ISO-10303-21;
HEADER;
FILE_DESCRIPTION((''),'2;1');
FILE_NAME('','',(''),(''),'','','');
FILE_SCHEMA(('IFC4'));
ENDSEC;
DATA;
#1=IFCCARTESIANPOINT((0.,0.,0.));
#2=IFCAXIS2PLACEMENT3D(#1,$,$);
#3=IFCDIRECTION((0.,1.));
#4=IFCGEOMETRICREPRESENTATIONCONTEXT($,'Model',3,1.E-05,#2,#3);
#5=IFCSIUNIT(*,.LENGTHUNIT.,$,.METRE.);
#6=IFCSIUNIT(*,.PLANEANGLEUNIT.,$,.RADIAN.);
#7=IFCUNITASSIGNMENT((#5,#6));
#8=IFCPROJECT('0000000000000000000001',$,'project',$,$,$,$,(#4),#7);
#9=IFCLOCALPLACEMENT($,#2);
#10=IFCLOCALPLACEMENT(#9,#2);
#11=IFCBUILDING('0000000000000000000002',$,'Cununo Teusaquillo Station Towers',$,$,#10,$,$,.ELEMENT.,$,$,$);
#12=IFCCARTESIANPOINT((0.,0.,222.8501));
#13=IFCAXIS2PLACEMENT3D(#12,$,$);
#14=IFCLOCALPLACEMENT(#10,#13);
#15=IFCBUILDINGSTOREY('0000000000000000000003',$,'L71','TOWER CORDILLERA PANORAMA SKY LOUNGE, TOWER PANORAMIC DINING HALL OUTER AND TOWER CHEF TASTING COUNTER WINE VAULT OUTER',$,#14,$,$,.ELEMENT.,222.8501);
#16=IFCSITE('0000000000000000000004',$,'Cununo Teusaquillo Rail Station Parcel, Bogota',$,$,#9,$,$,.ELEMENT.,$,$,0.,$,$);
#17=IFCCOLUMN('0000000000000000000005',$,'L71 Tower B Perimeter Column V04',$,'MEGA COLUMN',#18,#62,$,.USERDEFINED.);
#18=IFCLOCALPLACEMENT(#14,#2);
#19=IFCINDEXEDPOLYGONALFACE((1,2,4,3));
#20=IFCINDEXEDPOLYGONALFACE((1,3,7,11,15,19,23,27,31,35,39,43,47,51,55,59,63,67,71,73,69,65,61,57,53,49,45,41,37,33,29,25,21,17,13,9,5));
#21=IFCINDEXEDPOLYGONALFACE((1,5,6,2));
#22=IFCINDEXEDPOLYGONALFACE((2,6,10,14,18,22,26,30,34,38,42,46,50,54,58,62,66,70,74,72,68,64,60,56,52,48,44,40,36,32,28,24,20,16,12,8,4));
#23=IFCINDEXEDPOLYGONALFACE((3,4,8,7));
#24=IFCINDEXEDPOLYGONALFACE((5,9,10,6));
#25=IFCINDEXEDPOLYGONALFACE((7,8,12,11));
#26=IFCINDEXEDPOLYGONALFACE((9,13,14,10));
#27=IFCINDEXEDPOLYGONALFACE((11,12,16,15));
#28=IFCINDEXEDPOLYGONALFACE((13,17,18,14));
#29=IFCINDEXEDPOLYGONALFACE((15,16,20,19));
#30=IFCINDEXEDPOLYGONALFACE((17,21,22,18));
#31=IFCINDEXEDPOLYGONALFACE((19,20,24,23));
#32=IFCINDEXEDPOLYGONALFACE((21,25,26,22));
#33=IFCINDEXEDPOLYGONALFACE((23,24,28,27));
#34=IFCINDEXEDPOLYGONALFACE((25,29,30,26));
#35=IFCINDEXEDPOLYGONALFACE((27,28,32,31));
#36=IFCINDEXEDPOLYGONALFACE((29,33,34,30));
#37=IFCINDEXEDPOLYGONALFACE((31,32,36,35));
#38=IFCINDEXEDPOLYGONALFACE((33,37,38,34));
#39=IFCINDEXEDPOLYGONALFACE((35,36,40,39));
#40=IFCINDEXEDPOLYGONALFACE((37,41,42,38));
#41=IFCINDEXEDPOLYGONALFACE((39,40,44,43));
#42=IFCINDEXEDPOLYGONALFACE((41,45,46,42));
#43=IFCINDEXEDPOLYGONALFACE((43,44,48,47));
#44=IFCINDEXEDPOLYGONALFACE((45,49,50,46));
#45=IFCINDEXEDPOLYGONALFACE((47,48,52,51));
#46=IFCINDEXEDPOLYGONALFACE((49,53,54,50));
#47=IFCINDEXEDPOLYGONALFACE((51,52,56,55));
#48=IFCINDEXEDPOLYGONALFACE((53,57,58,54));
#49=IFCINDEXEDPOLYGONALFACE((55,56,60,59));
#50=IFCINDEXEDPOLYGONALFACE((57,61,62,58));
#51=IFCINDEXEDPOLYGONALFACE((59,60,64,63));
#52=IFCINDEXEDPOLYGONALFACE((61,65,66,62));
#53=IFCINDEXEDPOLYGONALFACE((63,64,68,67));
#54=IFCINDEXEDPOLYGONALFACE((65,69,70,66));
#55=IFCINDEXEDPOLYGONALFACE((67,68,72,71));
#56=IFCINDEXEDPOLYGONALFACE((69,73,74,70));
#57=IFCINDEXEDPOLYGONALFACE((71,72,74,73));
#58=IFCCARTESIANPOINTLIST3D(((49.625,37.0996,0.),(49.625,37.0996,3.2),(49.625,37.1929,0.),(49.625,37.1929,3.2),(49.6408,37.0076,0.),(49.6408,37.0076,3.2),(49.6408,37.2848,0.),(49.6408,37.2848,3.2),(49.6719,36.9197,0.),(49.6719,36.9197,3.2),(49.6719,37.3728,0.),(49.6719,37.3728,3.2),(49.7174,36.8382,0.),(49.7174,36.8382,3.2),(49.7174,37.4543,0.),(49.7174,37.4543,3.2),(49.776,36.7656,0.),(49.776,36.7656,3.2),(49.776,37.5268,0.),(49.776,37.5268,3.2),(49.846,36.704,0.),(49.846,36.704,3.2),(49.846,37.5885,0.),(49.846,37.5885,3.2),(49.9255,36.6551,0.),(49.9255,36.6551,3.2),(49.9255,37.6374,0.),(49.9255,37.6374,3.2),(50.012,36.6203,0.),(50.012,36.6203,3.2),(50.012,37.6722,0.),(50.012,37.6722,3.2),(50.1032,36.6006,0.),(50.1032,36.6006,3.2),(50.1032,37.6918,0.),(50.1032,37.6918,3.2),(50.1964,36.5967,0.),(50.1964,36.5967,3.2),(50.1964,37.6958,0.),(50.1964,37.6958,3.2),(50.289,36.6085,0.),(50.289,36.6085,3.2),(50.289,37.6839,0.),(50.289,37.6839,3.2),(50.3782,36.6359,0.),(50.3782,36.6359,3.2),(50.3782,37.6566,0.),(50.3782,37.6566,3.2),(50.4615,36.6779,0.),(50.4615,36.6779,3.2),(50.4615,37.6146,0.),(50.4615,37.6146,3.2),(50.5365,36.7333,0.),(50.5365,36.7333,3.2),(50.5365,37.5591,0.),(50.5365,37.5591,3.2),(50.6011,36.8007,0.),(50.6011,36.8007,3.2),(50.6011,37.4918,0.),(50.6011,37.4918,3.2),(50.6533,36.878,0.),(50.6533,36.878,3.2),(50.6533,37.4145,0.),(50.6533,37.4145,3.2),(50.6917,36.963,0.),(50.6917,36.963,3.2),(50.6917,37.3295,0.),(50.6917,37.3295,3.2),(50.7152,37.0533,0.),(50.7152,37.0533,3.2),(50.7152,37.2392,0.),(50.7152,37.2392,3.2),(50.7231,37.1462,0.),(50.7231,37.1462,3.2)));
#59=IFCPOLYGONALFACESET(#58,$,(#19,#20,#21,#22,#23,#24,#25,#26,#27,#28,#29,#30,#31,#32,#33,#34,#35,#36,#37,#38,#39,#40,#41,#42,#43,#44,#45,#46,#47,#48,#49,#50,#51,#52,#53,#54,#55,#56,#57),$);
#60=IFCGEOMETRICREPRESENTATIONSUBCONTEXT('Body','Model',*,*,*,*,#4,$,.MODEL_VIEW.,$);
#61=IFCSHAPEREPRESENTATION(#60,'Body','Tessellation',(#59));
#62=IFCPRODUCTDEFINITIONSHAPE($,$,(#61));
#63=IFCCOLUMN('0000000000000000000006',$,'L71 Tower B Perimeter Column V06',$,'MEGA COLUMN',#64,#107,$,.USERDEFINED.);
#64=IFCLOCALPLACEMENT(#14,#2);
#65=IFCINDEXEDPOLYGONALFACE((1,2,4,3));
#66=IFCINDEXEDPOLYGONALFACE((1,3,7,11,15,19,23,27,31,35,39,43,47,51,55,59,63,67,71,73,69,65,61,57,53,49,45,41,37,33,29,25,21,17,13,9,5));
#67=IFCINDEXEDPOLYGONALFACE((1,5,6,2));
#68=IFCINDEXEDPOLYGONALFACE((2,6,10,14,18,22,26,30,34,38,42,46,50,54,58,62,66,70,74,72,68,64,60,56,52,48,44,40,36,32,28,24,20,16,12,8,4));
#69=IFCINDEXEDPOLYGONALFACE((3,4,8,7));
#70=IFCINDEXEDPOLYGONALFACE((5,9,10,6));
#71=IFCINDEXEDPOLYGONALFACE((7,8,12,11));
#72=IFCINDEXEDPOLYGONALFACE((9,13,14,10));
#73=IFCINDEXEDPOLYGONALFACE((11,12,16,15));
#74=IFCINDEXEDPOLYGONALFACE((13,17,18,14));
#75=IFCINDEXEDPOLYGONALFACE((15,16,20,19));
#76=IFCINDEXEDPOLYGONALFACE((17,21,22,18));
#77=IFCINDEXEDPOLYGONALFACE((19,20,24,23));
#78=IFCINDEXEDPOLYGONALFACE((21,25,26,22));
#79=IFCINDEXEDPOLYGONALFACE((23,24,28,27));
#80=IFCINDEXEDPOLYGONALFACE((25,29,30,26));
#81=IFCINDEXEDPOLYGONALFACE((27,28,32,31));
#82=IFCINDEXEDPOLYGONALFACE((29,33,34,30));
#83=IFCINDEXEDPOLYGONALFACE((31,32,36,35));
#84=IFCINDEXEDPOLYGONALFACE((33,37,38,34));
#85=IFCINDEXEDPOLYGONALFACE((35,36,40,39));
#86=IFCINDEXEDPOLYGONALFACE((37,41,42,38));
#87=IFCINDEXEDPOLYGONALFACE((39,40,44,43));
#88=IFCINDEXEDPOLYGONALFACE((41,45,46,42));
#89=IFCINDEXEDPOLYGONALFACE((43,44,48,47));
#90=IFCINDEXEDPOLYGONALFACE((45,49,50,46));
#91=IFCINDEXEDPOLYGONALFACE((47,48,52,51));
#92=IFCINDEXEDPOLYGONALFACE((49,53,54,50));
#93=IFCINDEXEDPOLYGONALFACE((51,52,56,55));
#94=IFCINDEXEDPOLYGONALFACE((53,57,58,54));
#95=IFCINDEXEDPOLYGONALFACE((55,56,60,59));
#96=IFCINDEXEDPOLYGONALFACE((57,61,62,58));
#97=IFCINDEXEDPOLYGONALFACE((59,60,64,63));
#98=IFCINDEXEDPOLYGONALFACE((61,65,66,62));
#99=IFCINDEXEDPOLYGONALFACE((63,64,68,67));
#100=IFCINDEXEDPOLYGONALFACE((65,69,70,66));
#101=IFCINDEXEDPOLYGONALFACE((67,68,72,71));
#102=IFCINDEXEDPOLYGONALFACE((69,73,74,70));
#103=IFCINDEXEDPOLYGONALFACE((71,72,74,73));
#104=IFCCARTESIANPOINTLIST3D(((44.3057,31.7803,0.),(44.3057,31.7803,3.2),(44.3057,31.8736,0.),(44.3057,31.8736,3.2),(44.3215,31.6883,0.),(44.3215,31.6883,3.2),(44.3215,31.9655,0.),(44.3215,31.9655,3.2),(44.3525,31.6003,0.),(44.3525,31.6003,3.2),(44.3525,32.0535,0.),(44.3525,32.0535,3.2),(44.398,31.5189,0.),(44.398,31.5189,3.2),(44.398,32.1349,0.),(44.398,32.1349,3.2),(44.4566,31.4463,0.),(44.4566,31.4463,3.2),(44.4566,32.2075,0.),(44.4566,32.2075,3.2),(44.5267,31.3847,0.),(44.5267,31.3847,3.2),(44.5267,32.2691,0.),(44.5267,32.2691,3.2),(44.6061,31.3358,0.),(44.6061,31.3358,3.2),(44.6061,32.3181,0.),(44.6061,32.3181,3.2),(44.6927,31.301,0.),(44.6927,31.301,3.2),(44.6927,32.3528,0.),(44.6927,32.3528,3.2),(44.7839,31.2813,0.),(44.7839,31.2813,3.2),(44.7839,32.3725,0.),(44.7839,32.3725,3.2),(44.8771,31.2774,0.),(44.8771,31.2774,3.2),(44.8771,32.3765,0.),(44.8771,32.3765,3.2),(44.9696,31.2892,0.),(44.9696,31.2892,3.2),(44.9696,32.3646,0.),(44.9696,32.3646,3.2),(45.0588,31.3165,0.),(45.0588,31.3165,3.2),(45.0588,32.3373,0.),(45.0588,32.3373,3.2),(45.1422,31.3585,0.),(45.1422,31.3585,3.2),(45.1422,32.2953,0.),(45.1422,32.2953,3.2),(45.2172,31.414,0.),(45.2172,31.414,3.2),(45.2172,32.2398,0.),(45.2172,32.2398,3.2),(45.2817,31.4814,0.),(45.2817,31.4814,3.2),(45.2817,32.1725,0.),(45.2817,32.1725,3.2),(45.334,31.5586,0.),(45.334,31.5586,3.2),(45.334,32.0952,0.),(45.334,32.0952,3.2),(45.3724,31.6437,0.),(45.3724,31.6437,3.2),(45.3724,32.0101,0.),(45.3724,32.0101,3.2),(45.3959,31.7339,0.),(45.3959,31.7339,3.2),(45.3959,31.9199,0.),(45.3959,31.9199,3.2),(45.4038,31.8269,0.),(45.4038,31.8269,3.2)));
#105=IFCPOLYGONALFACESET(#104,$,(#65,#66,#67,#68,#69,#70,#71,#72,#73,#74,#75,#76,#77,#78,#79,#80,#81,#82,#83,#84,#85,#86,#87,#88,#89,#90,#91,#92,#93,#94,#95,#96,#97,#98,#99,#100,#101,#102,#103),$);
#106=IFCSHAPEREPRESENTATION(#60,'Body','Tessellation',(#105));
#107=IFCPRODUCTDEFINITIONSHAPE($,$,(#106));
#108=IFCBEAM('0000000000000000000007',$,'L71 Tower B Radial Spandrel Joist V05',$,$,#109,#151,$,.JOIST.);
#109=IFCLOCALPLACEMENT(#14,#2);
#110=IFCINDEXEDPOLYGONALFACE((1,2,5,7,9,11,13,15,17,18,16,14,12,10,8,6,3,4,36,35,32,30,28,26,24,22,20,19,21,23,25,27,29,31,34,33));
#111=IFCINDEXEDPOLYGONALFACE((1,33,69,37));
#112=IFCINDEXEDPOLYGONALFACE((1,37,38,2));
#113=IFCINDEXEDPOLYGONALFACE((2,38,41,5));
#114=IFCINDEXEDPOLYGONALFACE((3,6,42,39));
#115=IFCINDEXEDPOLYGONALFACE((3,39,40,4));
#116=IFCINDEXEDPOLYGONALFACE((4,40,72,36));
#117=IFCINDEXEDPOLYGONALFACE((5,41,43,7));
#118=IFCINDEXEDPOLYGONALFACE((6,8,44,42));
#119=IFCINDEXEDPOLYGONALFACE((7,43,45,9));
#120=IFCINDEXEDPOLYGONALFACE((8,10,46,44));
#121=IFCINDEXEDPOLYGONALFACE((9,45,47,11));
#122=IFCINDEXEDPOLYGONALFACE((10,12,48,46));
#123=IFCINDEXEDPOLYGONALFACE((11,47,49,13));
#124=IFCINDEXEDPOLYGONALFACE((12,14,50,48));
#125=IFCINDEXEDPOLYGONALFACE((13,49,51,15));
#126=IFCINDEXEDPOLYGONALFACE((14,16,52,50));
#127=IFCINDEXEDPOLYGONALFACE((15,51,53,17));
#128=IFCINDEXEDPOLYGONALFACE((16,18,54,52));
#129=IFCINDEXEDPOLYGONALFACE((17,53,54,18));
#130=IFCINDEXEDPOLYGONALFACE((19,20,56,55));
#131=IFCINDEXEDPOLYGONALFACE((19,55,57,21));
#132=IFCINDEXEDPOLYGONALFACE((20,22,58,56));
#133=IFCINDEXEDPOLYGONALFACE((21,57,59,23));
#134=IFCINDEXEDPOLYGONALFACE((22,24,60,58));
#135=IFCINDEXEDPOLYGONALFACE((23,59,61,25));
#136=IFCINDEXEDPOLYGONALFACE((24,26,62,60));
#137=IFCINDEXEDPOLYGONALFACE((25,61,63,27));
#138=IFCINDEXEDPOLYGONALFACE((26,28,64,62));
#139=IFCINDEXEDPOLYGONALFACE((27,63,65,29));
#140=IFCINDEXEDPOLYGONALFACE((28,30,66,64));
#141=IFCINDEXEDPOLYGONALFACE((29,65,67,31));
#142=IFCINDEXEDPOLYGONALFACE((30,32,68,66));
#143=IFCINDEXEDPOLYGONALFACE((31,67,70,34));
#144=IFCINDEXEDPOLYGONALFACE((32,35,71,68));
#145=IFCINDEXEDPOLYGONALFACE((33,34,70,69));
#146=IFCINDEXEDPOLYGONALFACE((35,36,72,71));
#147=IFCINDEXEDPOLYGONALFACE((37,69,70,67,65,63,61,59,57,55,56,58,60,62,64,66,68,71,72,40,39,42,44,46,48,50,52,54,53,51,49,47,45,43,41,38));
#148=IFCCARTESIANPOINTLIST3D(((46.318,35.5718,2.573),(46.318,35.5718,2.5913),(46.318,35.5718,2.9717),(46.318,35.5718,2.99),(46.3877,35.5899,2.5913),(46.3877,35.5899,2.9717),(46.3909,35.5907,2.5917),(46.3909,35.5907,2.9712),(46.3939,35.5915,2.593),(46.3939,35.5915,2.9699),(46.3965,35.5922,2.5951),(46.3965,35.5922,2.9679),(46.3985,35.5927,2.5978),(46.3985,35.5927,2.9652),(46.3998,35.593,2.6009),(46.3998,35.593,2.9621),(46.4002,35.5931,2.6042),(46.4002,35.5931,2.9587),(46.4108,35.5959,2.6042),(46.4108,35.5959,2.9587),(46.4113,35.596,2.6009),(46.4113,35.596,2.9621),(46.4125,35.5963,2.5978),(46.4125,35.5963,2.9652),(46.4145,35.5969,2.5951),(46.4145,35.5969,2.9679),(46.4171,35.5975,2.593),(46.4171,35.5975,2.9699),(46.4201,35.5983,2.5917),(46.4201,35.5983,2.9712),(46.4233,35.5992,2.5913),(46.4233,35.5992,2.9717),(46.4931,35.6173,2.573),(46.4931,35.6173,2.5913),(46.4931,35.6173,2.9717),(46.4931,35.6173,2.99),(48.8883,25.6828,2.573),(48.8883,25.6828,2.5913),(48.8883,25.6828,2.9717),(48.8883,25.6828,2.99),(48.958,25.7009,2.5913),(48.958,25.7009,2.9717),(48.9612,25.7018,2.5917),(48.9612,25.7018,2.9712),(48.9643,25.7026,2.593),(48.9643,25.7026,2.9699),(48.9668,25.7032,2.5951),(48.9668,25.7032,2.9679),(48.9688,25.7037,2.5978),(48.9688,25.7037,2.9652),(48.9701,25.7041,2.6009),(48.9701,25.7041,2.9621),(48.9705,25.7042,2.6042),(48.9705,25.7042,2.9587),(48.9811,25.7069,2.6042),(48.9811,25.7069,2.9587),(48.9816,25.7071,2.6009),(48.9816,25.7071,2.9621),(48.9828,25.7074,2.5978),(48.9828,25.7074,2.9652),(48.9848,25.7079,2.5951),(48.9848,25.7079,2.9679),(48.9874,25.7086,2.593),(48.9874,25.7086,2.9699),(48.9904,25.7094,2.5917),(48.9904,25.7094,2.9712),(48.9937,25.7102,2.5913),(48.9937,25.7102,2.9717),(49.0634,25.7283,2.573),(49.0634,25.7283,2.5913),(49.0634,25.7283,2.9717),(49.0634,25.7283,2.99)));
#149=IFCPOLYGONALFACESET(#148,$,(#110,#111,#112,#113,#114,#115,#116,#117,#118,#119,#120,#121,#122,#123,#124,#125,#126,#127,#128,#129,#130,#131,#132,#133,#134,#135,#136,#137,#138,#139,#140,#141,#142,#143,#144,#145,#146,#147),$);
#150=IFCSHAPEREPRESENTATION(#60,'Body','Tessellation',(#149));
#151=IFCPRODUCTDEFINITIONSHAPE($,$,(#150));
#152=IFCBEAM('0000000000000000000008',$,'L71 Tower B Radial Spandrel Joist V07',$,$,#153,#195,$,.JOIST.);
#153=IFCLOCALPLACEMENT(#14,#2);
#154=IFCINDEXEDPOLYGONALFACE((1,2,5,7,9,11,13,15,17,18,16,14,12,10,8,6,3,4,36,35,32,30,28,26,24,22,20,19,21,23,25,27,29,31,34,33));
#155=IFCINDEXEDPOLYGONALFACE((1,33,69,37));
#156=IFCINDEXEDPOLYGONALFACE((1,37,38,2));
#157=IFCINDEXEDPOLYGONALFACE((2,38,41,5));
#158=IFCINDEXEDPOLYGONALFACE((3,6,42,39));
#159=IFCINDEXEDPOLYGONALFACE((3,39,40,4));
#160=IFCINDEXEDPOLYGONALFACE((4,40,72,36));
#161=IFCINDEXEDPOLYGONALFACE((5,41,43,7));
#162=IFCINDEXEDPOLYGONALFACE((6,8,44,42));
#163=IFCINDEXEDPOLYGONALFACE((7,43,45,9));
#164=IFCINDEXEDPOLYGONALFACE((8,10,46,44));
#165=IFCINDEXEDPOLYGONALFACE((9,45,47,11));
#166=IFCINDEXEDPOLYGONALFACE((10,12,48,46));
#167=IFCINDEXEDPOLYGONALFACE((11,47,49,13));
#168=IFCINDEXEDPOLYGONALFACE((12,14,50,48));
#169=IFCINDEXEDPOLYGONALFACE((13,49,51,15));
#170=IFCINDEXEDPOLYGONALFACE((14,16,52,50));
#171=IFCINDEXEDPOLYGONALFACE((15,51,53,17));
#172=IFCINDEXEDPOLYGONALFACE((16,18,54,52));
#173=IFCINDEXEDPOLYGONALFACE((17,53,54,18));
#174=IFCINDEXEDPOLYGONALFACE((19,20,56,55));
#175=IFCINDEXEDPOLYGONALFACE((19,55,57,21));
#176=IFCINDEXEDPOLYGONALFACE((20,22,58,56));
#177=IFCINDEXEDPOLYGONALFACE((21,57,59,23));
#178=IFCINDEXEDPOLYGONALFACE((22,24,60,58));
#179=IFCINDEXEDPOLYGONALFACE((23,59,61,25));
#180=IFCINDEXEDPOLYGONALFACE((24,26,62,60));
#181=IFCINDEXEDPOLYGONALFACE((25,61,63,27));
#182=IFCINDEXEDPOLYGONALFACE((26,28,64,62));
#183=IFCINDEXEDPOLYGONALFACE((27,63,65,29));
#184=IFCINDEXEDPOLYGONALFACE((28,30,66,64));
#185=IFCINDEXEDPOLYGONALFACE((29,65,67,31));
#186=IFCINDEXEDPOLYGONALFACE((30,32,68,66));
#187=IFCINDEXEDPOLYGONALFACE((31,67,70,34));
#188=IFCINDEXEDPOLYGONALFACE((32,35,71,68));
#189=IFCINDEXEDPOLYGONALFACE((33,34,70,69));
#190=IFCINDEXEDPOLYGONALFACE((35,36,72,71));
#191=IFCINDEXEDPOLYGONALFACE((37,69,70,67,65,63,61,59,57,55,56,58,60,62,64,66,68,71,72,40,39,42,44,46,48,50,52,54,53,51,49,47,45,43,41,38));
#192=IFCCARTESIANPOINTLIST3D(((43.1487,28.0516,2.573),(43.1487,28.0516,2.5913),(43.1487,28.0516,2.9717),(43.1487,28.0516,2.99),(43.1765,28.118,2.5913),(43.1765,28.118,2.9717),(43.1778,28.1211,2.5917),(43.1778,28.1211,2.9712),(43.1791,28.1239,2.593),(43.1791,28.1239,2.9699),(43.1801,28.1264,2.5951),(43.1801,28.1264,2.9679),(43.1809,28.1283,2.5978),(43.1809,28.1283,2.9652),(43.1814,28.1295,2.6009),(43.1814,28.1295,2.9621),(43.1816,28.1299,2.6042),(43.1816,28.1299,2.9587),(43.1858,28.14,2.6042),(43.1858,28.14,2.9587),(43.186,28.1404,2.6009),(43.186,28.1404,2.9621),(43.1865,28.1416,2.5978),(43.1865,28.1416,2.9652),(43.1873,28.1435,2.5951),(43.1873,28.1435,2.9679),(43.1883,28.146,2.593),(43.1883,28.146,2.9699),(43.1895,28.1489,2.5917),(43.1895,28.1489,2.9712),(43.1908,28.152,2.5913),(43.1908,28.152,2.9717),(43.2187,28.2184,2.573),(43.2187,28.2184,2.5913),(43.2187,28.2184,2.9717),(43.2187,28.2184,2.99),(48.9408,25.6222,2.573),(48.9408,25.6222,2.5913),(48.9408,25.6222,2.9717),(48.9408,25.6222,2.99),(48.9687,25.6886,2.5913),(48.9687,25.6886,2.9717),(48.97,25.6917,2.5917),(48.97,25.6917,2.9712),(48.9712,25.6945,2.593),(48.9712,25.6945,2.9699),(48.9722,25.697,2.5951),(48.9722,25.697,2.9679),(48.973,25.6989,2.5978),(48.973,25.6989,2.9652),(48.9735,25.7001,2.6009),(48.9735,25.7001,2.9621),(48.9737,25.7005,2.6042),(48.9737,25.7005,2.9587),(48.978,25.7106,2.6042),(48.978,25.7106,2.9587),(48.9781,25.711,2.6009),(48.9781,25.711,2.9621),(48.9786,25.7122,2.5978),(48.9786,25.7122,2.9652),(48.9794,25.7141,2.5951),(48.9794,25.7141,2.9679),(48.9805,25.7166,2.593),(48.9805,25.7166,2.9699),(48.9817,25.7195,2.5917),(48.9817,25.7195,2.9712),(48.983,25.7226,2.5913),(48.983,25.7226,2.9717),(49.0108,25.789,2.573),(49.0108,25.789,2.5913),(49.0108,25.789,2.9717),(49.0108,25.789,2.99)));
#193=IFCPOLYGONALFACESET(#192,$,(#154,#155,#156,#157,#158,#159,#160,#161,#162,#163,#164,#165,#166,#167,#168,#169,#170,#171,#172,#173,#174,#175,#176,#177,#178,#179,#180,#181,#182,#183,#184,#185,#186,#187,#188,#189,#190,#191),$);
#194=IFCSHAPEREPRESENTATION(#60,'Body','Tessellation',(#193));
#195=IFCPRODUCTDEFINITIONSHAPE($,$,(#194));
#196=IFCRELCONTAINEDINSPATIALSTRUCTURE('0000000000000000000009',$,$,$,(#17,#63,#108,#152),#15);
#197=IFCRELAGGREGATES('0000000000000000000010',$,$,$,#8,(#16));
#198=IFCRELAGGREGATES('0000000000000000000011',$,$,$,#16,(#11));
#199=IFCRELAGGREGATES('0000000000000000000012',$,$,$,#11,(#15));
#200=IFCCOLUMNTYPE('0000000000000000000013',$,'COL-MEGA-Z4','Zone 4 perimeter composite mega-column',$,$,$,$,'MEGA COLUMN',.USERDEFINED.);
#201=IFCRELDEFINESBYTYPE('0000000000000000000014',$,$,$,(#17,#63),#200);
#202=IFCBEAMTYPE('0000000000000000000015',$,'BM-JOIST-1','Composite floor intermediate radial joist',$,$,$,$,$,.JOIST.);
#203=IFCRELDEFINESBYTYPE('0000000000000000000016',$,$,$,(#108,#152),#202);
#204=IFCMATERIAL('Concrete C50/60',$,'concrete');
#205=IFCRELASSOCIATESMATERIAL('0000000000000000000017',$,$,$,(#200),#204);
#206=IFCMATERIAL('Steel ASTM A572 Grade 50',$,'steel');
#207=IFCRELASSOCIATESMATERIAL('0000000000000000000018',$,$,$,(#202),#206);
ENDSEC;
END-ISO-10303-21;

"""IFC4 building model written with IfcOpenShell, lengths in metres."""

from ifc_helpers import new_model, si_unit, direction, frame, origin, origin_2d, place, context, subcontext, project, spatial, circle, i_section, extrude, material, material_profile, profile_set, type_object, element, save


model = new_model("IFC4")

# Units and contexts
model_context = context("Model", 3, precision=1e-05, world=origin(), true_north=direction((0.0, 1.0)))
body_context = subcontext(model_context, "Body", "Model", "MODEL_VIEW")
ifc_project = project(units=[si_unit("LENGTHUNIT", "METRE"), si_unit("PLANEANGLEUNIT", "RADIAN")], contexts=[model_context])

# Site, building, storey
site_placement = place(None, origin())
site = spatial("IfcSite", under=ifc_project, at=site_placement, Name="Cununo Teusaquillo Rail Station Parcel, Bogota", CompositionType="ELEMENT", RefElevation=0.0)
building_placement = place(site_placement, origin())
building = spatial("IfcBuilding", under=site, at=building_placement, Name="Cununo Teusaquillo Station Towers", CompositionType="ELEMENT")
storey_placement = place(building_placement, frame((0.0, 0.0, 222.8501)))
storey = spatial("IfcBuildingStorey", under=building, at=storey_placement, Name="L71", Description="TOWER CORDILLERA PANORAMA SKY LOUNGE, TOWER PANORAMIC DINING HALL OUTER AND TOWER CHEF TASTING COUNTER WINE VAULT OUTER", CompositionType="ELEMENT", Elevation=222.8501)

# Columns
ifc_material_1 = material(Name="Concrete C50/60", Category="concrete")
ifc_material_profile_1 = material_profile(ifc_material_1, circle(Radius=0.55, at=origin_2d()), Name="RC-CIRC-1100")
ifc_profile_set_1 = profile_set([ifc_material_profile_1], Name="Concrete C50/60")
column_type = type_object("IfcColumnType", Name="COL-MEGA-Z4", Description="Zone 4 perimeter composite mega-column", ElementType="MEGA COLUMN", PredefinedType="USERDEFINED", material=ifc_profile_set_1)
for number, where, z_axis, x_axis, name in (
    (1, (50.1731, 37.1462, 0.0), (0.0, 0.0, 1.0), (1.0, 0.0, 0.0), "L71 Tower B Perimeter Column V04"),
    (2, (44.8538, 31.8269, 0.0), (0.0, 0.0, 1.0), (1.0, 0.0, 0.0), "L71 Tower B Perimeter Column V06"),
):
    element("IfcColumn", number, at=place(storey_placement, frame(where, z_axis=z_axis, x_axis=x_axis)), inside=storey, type_object=column_type, Name=name, ObjectType="MEGA COLUMN", PredefinedType="USERDEFINED", context=body_context, shape_type="SweptSolid", body=[
        extrude(circle(Radius=0.55, at=origin_2d()), origin(), (0.0, 0.0, 1.0), 3.2),
    ])

# Beams
ifc_material_2 = material(Name="Steel ASTM A572 Grade 50", Category="steel")
ifc_material_profile_2 = material_profile(ifc_material_2, i_section(OverallWidth=0.1809, OverallDepth=0.417, WebThickness=0.011, FlangeThickness=0.0183, FilletRadius=0.0129, at=origin_2d()), Name="W16X57")
ifc_profile_set_2 = profile_set([ifc_material_profile_2], Name="Steel ASTM A572 Grade 50")
beam_type_1 = type_object("IfcBeamType", Name="BM-JOIST-1", Description="Composite floor intermediate radial joist", PredefinedType="JOIST", material=ifc_profile_set_2)
beam_1_placement = place(storey_placement, frame((48.9758, 25.7056, 2.7815), z_axis=(-0.25156, 0.967842, 0.0), x_axis=(-0.967842, -0.25156, 0.0)))
element("IfcBeam", 3, at=beam_1_placement, inside=storey, type_object=beam_type_1, Name="L71 Tower B Radial Spandrel Joist V05", PredefinedType="JOIST", context=body_context, shape_type="SweptSolid", body=[
    extrude(i_section(OverallWidth=0.1809, OverallDepth=0.417, WebThickness=0.011, FlangeThickness=0.0183, FilletRadius=0.0129, at=origin_2d()), origin(), (0.0, 0.0, 1.0), 10.2175),
])
beam_2_placement = place(storey_placement, frame((48.9758, 25.7056, 2.7815), z_axis=(-0.922169, 0.386786, 0.0), x_axis=(-0.386786, -0.922169, 0.0)))
element("IfcBeam", 4, at=beam_2_placement, inside=storey, type_object=beam_type_1, Name="L71 Tower B Radial Spandrel Joist V07", PredefinedType="JOIST", context=body_context, shape_type="SweptSolid", body=[
    extrude(i_section(OverallWidth=0.1809, OverallDepth=0.417, WebThickness=0.011, FlangeThickness=0.0183, FilletRadius=0.0129, at=origin_2d()), origin(), (0.0, 0.0, 1.0), 6.281),
])

save(model, "model.ifc")
